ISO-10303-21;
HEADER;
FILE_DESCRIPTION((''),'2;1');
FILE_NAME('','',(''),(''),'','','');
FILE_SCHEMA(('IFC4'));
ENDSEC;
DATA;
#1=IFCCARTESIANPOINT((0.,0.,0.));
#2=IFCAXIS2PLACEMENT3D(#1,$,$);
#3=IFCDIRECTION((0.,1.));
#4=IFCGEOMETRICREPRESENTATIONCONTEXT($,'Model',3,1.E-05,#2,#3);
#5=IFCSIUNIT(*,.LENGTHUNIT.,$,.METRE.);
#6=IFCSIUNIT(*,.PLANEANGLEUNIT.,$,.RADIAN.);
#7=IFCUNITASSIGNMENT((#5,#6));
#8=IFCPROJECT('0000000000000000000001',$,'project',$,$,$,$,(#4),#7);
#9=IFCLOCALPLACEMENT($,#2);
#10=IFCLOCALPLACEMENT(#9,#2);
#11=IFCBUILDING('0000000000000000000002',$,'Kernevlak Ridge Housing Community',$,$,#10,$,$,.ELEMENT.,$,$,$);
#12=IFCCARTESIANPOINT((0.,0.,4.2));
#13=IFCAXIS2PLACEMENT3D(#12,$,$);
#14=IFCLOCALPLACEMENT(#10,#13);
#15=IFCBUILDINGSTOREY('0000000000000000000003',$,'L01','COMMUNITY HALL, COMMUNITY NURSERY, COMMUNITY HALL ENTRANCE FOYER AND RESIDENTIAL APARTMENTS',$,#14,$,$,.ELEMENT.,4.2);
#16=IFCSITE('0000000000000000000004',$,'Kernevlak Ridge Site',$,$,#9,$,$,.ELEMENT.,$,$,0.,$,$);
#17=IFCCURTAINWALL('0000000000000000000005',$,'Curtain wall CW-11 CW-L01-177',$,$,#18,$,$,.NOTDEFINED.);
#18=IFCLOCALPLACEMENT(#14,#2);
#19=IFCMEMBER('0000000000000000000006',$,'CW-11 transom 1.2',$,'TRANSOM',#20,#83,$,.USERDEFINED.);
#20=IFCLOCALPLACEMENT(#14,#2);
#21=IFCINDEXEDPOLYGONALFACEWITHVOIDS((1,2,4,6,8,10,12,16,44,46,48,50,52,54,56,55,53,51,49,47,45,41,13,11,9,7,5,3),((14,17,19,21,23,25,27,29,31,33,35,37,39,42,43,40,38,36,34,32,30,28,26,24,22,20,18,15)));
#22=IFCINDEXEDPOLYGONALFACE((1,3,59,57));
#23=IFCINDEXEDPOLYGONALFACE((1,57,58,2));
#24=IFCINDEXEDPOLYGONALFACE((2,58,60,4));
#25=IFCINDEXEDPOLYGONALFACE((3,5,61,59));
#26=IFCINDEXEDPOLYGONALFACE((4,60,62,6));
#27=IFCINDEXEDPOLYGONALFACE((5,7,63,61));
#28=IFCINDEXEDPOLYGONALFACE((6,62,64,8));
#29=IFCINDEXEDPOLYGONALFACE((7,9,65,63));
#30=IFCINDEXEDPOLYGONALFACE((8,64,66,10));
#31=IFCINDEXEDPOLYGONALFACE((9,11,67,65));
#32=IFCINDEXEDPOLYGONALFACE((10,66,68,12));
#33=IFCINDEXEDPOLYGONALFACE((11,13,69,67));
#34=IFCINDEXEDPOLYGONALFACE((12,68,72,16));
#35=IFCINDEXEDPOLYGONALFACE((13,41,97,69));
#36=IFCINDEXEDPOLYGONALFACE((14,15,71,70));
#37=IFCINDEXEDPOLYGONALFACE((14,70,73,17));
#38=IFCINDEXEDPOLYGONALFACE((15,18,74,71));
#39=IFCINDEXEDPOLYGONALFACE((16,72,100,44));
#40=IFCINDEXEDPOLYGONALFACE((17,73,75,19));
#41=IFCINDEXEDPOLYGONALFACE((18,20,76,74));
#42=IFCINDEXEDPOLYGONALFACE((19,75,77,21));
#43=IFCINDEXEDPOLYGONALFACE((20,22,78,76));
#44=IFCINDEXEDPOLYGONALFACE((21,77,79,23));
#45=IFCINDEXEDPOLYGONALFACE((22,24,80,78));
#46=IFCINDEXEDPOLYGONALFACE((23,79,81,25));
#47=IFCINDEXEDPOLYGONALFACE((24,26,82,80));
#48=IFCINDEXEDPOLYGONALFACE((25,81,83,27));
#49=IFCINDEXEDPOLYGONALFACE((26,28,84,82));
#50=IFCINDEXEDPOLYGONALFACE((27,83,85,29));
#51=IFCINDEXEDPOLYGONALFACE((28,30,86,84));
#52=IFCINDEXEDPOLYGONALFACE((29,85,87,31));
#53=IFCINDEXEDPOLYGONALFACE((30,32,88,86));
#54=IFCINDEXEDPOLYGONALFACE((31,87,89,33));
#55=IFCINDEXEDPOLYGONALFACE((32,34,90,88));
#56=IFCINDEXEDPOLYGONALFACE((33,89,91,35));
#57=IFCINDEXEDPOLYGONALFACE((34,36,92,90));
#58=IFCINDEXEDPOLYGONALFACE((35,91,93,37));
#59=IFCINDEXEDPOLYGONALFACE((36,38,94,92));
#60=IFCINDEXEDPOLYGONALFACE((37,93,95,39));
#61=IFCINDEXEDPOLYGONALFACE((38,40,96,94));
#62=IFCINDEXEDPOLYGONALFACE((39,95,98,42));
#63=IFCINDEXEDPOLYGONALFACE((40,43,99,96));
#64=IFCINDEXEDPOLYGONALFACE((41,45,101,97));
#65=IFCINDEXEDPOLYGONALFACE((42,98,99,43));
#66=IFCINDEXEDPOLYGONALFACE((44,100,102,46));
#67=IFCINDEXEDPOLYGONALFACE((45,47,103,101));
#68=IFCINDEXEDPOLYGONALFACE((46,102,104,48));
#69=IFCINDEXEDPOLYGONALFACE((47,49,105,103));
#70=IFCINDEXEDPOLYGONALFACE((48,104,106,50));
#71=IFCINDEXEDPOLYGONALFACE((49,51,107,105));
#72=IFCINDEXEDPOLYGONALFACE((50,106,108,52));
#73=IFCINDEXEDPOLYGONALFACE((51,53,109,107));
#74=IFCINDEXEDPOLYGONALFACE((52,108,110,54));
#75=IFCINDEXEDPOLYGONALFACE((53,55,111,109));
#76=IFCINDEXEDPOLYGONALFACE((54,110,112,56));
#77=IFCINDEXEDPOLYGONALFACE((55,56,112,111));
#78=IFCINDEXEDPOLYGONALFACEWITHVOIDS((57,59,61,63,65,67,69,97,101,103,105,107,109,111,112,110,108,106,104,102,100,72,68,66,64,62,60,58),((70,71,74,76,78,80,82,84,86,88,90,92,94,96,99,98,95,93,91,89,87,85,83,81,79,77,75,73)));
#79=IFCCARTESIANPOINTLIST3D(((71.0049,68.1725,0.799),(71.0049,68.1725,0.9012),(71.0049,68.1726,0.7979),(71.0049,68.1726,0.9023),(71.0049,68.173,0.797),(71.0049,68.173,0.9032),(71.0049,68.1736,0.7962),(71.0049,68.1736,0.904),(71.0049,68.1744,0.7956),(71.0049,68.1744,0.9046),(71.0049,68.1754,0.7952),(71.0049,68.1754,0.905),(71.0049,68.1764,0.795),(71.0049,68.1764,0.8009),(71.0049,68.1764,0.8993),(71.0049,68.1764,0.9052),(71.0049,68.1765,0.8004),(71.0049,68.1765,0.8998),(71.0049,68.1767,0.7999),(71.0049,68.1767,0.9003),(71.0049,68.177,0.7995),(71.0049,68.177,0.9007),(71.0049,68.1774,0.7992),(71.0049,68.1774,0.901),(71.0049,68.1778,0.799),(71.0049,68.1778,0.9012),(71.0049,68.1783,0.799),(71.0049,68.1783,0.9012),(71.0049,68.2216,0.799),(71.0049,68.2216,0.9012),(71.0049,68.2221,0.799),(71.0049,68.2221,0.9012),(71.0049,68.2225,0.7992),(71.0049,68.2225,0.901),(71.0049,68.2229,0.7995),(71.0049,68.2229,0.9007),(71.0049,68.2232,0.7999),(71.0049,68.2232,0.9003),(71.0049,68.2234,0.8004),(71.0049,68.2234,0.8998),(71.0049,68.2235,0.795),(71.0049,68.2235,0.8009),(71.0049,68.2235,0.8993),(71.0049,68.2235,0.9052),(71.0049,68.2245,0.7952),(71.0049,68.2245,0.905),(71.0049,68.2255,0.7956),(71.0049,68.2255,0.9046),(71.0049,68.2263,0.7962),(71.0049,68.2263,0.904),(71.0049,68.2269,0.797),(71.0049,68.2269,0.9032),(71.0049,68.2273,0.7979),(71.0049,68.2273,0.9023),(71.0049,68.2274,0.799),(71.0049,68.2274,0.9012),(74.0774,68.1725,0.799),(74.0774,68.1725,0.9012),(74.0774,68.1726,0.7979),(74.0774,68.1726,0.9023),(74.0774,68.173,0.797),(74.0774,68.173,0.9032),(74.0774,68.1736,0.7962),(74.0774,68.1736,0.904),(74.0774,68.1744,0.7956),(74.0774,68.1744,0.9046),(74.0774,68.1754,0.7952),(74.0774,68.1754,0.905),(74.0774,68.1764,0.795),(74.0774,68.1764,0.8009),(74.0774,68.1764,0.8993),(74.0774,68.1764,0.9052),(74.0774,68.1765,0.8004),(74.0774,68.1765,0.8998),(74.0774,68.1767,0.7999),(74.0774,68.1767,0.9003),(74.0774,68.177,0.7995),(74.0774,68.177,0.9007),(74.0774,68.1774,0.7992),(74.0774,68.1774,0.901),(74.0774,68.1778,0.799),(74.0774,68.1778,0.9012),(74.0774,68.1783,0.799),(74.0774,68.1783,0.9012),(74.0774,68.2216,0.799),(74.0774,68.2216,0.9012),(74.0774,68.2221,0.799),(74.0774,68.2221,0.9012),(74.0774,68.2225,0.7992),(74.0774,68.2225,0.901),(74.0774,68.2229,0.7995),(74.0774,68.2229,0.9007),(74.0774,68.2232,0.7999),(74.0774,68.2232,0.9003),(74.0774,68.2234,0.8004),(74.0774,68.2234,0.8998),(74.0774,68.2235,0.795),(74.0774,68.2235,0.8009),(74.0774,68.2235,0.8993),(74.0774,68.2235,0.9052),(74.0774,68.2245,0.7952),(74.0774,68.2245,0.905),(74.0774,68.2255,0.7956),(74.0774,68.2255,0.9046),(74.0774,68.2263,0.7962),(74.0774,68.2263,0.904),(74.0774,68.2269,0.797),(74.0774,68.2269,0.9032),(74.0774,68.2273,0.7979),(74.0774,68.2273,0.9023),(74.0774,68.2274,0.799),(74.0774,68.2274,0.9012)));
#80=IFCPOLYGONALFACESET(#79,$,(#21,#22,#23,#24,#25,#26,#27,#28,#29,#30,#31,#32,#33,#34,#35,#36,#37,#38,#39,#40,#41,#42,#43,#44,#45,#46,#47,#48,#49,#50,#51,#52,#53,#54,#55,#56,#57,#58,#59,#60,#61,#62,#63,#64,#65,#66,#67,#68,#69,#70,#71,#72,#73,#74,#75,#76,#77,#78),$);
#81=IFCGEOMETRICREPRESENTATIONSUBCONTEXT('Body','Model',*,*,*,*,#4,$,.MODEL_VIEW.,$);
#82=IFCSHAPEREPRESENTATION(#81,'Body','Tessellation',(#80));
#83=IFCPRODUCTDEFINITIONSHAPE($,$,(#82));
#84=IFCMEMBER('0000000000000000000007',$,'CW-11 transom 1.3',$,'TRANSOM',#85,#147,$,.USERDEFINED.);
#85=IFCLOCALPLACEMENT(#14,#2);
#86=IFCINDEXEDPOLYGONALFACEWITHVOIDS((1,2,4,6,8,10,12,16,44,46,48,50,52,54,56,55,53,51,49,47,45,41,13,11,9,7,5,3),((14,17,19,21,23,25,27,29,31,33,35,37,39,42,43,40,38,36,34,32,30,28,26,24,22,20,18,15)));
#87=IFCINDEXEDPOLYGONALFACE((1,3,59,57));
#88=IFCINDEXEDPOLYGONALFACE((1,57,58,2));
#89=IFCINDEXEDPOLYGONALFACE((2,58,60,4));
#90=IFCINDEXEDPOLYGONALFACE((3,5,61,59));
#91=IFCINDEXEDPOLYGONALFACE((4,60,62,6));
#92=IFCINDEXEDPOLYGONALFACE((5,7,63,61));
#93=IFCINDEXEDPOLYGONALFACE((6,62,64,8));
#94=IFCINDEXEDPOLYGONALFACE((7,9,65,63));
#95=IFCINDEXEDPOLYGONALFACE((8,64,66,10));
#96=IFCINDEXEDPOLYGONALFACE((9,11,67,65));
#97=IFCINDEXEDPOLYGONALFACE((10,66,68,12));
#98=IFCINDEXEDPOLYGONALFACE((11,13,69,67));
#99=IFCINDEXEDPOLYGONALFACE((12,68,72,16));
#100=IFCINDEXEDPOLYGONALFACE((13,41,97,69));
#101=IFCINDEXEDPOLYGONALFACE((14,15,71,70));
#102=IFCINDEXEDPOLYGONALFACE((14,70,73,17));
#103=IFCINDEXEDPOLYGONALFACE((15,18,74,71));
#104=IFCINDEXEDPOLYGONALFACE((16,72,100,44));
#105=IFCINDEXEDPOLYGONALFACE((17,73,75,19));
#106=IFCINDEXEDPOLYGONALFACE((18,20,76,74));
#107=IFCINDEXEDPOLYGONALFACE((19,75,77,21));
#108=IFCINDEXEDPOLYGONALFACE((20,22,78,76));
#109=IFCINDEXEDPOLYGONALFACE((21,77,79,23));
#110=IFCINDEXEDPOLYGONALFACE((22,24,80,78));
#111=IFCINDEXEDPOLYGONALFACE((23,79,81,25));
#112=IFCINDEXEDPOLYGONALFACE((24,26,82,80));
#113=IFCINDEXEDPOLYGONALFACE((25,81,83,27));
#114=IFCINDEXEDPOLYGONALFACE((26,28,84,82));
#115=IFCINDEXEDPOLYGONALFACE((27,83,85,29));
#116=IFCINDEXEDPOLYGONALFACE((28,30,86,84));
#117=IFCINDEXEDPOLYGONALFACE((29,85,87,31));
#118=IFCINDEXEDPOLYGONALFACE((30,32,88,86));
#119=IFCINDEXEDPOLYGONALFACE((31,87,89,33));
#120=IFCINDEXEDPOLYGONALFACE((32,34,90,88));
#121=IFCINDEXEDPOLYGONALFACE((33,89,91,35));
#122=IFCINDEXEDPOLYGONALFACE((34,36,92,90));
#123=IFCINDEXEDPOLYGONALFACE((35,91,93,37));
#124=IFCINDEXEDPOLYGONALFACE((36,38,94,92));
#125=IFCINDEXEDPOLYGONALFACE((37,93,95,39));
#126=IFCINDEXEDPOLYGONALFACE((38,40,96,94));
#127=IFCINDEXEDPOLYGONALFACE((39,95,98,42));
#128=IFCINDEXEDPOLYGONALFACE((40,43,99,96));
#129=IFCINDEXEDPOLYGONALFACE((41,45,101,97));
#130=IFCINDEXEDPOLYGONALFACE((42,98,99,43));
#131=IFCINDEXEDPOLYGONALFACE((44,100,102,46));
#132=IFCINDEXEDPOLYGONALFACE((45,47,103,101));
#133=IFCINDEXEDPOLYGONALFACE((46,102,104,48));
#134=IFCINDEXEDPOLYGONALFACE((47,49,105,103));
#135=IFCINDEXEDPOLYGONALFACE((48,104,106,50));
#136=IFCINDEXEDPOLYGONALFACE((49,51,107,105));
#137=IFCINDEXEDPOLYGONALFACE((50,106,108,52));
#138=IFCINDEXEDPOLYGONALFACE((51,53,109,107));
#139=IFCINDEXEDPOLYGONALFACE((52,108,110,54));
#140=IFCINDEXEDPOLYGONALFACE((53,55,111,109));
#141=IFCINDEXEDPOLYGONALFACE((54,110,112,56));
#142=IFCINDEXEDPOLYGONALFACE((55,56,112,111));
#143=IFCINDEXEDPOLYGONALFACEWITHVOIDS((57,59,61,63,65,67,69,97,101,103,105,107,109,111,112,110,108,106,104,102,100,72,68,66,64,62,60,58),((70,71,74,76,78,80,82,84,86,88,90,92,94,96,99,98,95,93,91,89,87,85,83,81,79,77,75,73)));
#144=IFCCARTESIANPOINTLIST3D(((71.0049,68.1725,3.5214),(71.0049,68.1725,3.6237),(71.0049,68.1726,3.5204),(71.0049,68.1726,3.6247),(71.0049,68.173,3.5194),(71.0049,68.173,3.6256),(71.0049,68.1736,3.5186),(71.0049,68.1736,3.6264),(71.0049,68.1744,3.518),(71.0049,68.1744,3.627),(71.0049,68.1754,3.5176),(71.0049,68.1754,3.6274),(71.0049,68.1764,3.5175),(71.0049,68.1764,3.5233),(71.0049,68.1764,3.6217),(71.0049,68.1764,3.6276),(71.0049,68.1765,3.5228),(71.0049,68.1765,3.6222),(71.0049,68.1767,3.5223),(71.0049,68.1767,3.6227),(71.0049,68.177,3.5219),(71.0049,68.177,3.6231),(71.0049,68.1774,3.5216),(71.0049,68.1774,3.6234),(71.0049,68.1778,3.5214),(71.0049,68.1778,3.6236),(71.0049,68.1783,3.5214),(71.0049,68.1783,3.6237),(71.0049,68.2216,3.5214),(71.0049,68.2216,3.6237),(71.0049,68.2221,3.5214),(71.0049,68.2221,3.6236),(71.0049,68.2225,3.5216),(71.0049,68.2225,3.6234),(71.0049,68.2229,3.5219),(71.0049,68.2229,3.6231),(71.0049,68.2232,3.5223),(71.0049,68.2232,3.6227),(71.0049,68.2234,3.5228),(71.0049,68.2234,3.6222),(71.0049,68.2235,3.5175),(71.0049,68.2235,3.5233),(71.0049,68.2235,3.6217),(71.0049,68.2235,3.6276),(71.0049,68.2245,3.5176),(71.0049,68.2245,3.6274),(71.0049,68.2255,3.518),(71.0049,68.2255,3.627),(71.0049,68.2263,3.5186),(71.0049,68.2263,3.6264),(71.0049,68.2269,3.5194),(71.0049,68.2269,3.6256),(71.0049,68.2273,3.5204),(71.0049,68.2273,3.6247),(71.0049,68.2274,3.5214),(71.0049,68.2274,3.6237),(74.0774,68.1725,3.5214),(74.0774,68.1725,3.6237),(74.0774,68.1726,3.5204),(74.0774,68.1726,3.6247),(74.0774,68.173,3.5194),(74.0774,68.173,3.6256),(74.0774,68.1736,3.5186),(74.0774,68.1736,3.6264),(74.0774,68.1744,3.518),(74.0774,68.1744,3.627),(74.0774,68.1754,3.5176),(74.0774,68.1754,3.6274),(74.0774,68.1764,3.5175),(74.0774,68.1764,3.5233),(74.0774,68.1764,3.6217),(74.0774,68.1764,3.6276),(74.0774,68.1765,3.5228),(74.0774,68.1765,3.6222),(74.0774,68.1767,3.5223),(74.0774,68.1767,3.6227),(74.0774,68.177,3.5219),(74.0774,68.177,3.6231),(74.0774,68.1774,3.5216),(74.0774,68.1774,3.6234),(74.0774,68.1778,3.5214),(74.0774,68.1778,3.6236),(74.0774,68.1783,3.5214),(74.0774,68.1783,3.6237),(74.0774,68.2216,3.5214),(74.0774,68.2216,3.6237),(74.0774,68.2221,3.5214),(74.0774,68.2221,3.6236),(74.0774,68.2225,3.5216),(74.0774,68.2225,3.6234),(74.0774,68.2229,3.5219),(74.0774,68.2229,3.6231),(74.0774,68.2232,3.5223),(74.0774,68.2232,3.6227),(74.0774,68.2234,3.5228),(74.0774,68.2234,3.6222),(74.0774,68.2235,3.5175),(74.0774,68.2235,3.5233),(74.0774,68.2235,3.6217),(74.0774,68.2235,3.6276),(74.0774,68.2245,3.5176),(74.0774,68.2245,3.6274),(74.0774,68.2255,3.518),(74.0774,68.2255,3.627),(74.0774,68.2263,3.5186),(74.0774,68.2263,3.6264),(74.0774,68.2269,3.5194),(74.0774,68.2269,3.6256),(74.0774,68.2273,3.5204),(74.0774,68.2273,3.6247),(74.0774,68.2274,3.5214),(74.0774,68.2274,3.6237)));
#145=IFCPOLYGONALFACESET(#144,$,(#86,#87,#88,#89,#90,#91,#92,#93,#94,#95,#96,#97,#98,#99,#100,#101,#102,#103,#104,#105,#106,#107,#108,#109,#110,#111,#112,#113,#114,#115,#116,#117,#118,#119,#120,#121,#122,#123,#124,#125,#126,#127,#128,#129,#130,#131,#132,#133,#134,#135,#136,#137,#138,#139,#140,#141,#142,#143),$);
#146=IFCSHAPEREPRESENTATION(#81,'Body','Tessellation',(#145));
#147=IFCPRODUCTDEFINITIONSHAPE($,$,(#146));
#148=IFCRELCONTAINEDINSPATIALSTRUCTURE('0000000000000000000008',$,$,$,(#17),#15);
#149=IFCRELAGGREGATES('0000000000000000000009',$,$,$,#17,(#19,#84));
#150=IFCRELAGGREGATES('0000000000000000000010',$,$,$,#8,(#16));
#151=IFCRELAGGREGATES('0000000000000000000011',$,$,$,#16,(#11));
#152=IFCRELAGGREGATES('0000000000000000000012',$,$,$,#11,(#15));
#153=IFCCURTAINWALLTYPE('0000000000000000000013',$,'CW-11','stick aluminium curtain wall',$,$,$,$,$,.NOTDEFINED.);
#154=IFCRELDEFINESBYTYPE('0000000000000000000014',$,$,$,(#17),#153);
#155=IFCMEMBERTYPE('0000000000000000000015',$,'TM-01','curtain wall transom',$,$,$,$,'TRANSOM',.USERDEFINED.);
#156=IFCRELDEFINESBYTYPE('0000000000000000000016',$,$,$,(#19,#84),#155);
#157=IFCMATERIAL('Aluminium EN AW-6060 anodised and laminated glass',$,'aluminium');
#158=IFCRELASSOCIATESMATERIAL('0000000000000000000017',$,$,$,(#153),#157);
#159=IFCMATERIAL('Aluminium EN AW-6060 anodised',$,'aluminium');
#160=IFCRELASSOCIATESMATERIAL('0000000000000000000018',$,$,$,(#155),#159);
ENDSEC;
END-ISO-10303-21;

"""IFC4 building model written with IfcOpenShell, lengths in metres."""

from ifc_helpers import new_model, si_unit, direction, frame, origin, origin_2d, place, context, subcontext, project, spatial, hollow_rectangle, extrude, material, material_profile, profile_set, type_object, element, aggregate, save


model = new_model("IFC4")

# Units and contexts
model_context = context("Model", 3, precision=1e-05, world=origin(), true_north=direction((0.0, 1.0)))
body_context = subcontext(model_context, "Body", "Model", "MODEL_VIEW")
ifc_project = project(units=[si_unit("LENGTHUNIT", "METRE"), si_unit("PLANEANGLEUNIT", "RADIAN")], contexts=[model_context])

# Site, building, storey
site_placement = place(None, origin())
site = spatial("IfcSite", under=ifc_project, at=site_placement, Name="Kernevlak Ridge Site", CompositionType="ELEMENT", RefElevation=0.0)
building_placement = place(site_placement, origin())
building = spatial("IfcBuilding", under=site, at=building_placement, Name="Kernevlak Ridge Housing Community", CompositionType="ELEMENT")
storey_placement = place(building_placement, frame((0.0, 0.0, 4.2)))
storey = spatial("IfcBuildingStorey", under=building, at=storey_placement, Name="L01", Description="COMMUNITY HALL, COMMUNITY NURSERY, COMMUNITY HALL ENTRANCE FOYER AND RESIDENTIAL APARTMENTS", CompositionType="ELEMENT", Elevation=4.2)

# Curtain wall
ifc_material_1 = material(Name="Aluminium EN AW-6060 anodised and laminated glass", Category="aluminium")
curtain_wall_type_1 = type_object("IfcCurtainWallType", Name="CW-11", Description="stick aluminium curtain wall", PredefinedType="NOTDEFINED", material=ifc_material_1)
curtain_wall_1_placement = place(storey_placement, origin())
curtain_wall_1 = element("IfcCurtainWall", 1, at=curtain_wall_1_placement, inside=storey, type_object=curtain_wall_type_1, Name="Curtain wall CW-11 CW-L01-177", PredefinedType="NOTDEFINED")
ifc_material_2 = material(Name="Aluminium EN AW-6060 anodised", Category="aluminium")

# Members
ifc_material_profile_1 = material_profile(ifc_material_2, hollow_rectangle(XDim=0.0549, YDim=0.1101, WallThickness=0.0039, InnerFilletRadius=0.002, OuterFilletRadius=0.0039, at=origin_2d()), Name="ALU 55x110x4")
ifc_profile_set_1 = profile_set([ifc_material_profile_1], Name="Aluminium EN AW-6060 anodised")
member_type_1 = type_object("IfcMemberType", Name="TM-01", Description="curtain wall transom", ElementType="TRANSOM", PredefinedType="USERDEFINED", material=ifc_profile_set_1)
member_1_placement = place(storey_placement, frame((71.0049, 68.2, 0.8501), z_axis=(1.0, 0.0, 0.0), x_axis=(0.0, 1.0, 0.0)))
member_1 = element("IfcMember", 2, at=member_1_placement, type_object=member_type_1, Name="CW-11 transom 1.2", ObjectType="TRANSOM", PredefinedType="USERDEFINED", context=body_context, shape_type="SweptSolid", body=[
    extrude(hollow_rectangle(XDim=0.0549, YDim=0.1101, WallThickness=0.0039, InnerFilletRadius=0.002, OuterFilletRadius=0.0039, at=origin_2d()), origin(), (0.0, 0.0, 1.0), 3.0725),
])
member_2_placement = place(storey_placement, frame((71.0049, 68.2, 3.5725), z_axis=(1.0, 0.0, 0.0), x_axis=(0.0, 1.0, 0.0)))
member_2 = element("IfcMember", 3, at=member_2_placement, type_object=member_type_1, Name="CW-11 transom 1.3", ObjectType="TRANSOM", PredefinedType="USERDEFINED", context=body_context, shape_type="SweptSolid", body=[
    extrude(hollow_rectangle(XDim=0.0549, YDim=0.1101, WallThickness=0.0039, InnerFilletRadius=0.002, OuterFilletRadius=0.0039, at=origin_2d()), origin(), (0.0, 0.0, 1.0), 3.0725),
])

aggregate(curtain_wall_1, [member_1, member_2])

save(model, "model.ifc")
